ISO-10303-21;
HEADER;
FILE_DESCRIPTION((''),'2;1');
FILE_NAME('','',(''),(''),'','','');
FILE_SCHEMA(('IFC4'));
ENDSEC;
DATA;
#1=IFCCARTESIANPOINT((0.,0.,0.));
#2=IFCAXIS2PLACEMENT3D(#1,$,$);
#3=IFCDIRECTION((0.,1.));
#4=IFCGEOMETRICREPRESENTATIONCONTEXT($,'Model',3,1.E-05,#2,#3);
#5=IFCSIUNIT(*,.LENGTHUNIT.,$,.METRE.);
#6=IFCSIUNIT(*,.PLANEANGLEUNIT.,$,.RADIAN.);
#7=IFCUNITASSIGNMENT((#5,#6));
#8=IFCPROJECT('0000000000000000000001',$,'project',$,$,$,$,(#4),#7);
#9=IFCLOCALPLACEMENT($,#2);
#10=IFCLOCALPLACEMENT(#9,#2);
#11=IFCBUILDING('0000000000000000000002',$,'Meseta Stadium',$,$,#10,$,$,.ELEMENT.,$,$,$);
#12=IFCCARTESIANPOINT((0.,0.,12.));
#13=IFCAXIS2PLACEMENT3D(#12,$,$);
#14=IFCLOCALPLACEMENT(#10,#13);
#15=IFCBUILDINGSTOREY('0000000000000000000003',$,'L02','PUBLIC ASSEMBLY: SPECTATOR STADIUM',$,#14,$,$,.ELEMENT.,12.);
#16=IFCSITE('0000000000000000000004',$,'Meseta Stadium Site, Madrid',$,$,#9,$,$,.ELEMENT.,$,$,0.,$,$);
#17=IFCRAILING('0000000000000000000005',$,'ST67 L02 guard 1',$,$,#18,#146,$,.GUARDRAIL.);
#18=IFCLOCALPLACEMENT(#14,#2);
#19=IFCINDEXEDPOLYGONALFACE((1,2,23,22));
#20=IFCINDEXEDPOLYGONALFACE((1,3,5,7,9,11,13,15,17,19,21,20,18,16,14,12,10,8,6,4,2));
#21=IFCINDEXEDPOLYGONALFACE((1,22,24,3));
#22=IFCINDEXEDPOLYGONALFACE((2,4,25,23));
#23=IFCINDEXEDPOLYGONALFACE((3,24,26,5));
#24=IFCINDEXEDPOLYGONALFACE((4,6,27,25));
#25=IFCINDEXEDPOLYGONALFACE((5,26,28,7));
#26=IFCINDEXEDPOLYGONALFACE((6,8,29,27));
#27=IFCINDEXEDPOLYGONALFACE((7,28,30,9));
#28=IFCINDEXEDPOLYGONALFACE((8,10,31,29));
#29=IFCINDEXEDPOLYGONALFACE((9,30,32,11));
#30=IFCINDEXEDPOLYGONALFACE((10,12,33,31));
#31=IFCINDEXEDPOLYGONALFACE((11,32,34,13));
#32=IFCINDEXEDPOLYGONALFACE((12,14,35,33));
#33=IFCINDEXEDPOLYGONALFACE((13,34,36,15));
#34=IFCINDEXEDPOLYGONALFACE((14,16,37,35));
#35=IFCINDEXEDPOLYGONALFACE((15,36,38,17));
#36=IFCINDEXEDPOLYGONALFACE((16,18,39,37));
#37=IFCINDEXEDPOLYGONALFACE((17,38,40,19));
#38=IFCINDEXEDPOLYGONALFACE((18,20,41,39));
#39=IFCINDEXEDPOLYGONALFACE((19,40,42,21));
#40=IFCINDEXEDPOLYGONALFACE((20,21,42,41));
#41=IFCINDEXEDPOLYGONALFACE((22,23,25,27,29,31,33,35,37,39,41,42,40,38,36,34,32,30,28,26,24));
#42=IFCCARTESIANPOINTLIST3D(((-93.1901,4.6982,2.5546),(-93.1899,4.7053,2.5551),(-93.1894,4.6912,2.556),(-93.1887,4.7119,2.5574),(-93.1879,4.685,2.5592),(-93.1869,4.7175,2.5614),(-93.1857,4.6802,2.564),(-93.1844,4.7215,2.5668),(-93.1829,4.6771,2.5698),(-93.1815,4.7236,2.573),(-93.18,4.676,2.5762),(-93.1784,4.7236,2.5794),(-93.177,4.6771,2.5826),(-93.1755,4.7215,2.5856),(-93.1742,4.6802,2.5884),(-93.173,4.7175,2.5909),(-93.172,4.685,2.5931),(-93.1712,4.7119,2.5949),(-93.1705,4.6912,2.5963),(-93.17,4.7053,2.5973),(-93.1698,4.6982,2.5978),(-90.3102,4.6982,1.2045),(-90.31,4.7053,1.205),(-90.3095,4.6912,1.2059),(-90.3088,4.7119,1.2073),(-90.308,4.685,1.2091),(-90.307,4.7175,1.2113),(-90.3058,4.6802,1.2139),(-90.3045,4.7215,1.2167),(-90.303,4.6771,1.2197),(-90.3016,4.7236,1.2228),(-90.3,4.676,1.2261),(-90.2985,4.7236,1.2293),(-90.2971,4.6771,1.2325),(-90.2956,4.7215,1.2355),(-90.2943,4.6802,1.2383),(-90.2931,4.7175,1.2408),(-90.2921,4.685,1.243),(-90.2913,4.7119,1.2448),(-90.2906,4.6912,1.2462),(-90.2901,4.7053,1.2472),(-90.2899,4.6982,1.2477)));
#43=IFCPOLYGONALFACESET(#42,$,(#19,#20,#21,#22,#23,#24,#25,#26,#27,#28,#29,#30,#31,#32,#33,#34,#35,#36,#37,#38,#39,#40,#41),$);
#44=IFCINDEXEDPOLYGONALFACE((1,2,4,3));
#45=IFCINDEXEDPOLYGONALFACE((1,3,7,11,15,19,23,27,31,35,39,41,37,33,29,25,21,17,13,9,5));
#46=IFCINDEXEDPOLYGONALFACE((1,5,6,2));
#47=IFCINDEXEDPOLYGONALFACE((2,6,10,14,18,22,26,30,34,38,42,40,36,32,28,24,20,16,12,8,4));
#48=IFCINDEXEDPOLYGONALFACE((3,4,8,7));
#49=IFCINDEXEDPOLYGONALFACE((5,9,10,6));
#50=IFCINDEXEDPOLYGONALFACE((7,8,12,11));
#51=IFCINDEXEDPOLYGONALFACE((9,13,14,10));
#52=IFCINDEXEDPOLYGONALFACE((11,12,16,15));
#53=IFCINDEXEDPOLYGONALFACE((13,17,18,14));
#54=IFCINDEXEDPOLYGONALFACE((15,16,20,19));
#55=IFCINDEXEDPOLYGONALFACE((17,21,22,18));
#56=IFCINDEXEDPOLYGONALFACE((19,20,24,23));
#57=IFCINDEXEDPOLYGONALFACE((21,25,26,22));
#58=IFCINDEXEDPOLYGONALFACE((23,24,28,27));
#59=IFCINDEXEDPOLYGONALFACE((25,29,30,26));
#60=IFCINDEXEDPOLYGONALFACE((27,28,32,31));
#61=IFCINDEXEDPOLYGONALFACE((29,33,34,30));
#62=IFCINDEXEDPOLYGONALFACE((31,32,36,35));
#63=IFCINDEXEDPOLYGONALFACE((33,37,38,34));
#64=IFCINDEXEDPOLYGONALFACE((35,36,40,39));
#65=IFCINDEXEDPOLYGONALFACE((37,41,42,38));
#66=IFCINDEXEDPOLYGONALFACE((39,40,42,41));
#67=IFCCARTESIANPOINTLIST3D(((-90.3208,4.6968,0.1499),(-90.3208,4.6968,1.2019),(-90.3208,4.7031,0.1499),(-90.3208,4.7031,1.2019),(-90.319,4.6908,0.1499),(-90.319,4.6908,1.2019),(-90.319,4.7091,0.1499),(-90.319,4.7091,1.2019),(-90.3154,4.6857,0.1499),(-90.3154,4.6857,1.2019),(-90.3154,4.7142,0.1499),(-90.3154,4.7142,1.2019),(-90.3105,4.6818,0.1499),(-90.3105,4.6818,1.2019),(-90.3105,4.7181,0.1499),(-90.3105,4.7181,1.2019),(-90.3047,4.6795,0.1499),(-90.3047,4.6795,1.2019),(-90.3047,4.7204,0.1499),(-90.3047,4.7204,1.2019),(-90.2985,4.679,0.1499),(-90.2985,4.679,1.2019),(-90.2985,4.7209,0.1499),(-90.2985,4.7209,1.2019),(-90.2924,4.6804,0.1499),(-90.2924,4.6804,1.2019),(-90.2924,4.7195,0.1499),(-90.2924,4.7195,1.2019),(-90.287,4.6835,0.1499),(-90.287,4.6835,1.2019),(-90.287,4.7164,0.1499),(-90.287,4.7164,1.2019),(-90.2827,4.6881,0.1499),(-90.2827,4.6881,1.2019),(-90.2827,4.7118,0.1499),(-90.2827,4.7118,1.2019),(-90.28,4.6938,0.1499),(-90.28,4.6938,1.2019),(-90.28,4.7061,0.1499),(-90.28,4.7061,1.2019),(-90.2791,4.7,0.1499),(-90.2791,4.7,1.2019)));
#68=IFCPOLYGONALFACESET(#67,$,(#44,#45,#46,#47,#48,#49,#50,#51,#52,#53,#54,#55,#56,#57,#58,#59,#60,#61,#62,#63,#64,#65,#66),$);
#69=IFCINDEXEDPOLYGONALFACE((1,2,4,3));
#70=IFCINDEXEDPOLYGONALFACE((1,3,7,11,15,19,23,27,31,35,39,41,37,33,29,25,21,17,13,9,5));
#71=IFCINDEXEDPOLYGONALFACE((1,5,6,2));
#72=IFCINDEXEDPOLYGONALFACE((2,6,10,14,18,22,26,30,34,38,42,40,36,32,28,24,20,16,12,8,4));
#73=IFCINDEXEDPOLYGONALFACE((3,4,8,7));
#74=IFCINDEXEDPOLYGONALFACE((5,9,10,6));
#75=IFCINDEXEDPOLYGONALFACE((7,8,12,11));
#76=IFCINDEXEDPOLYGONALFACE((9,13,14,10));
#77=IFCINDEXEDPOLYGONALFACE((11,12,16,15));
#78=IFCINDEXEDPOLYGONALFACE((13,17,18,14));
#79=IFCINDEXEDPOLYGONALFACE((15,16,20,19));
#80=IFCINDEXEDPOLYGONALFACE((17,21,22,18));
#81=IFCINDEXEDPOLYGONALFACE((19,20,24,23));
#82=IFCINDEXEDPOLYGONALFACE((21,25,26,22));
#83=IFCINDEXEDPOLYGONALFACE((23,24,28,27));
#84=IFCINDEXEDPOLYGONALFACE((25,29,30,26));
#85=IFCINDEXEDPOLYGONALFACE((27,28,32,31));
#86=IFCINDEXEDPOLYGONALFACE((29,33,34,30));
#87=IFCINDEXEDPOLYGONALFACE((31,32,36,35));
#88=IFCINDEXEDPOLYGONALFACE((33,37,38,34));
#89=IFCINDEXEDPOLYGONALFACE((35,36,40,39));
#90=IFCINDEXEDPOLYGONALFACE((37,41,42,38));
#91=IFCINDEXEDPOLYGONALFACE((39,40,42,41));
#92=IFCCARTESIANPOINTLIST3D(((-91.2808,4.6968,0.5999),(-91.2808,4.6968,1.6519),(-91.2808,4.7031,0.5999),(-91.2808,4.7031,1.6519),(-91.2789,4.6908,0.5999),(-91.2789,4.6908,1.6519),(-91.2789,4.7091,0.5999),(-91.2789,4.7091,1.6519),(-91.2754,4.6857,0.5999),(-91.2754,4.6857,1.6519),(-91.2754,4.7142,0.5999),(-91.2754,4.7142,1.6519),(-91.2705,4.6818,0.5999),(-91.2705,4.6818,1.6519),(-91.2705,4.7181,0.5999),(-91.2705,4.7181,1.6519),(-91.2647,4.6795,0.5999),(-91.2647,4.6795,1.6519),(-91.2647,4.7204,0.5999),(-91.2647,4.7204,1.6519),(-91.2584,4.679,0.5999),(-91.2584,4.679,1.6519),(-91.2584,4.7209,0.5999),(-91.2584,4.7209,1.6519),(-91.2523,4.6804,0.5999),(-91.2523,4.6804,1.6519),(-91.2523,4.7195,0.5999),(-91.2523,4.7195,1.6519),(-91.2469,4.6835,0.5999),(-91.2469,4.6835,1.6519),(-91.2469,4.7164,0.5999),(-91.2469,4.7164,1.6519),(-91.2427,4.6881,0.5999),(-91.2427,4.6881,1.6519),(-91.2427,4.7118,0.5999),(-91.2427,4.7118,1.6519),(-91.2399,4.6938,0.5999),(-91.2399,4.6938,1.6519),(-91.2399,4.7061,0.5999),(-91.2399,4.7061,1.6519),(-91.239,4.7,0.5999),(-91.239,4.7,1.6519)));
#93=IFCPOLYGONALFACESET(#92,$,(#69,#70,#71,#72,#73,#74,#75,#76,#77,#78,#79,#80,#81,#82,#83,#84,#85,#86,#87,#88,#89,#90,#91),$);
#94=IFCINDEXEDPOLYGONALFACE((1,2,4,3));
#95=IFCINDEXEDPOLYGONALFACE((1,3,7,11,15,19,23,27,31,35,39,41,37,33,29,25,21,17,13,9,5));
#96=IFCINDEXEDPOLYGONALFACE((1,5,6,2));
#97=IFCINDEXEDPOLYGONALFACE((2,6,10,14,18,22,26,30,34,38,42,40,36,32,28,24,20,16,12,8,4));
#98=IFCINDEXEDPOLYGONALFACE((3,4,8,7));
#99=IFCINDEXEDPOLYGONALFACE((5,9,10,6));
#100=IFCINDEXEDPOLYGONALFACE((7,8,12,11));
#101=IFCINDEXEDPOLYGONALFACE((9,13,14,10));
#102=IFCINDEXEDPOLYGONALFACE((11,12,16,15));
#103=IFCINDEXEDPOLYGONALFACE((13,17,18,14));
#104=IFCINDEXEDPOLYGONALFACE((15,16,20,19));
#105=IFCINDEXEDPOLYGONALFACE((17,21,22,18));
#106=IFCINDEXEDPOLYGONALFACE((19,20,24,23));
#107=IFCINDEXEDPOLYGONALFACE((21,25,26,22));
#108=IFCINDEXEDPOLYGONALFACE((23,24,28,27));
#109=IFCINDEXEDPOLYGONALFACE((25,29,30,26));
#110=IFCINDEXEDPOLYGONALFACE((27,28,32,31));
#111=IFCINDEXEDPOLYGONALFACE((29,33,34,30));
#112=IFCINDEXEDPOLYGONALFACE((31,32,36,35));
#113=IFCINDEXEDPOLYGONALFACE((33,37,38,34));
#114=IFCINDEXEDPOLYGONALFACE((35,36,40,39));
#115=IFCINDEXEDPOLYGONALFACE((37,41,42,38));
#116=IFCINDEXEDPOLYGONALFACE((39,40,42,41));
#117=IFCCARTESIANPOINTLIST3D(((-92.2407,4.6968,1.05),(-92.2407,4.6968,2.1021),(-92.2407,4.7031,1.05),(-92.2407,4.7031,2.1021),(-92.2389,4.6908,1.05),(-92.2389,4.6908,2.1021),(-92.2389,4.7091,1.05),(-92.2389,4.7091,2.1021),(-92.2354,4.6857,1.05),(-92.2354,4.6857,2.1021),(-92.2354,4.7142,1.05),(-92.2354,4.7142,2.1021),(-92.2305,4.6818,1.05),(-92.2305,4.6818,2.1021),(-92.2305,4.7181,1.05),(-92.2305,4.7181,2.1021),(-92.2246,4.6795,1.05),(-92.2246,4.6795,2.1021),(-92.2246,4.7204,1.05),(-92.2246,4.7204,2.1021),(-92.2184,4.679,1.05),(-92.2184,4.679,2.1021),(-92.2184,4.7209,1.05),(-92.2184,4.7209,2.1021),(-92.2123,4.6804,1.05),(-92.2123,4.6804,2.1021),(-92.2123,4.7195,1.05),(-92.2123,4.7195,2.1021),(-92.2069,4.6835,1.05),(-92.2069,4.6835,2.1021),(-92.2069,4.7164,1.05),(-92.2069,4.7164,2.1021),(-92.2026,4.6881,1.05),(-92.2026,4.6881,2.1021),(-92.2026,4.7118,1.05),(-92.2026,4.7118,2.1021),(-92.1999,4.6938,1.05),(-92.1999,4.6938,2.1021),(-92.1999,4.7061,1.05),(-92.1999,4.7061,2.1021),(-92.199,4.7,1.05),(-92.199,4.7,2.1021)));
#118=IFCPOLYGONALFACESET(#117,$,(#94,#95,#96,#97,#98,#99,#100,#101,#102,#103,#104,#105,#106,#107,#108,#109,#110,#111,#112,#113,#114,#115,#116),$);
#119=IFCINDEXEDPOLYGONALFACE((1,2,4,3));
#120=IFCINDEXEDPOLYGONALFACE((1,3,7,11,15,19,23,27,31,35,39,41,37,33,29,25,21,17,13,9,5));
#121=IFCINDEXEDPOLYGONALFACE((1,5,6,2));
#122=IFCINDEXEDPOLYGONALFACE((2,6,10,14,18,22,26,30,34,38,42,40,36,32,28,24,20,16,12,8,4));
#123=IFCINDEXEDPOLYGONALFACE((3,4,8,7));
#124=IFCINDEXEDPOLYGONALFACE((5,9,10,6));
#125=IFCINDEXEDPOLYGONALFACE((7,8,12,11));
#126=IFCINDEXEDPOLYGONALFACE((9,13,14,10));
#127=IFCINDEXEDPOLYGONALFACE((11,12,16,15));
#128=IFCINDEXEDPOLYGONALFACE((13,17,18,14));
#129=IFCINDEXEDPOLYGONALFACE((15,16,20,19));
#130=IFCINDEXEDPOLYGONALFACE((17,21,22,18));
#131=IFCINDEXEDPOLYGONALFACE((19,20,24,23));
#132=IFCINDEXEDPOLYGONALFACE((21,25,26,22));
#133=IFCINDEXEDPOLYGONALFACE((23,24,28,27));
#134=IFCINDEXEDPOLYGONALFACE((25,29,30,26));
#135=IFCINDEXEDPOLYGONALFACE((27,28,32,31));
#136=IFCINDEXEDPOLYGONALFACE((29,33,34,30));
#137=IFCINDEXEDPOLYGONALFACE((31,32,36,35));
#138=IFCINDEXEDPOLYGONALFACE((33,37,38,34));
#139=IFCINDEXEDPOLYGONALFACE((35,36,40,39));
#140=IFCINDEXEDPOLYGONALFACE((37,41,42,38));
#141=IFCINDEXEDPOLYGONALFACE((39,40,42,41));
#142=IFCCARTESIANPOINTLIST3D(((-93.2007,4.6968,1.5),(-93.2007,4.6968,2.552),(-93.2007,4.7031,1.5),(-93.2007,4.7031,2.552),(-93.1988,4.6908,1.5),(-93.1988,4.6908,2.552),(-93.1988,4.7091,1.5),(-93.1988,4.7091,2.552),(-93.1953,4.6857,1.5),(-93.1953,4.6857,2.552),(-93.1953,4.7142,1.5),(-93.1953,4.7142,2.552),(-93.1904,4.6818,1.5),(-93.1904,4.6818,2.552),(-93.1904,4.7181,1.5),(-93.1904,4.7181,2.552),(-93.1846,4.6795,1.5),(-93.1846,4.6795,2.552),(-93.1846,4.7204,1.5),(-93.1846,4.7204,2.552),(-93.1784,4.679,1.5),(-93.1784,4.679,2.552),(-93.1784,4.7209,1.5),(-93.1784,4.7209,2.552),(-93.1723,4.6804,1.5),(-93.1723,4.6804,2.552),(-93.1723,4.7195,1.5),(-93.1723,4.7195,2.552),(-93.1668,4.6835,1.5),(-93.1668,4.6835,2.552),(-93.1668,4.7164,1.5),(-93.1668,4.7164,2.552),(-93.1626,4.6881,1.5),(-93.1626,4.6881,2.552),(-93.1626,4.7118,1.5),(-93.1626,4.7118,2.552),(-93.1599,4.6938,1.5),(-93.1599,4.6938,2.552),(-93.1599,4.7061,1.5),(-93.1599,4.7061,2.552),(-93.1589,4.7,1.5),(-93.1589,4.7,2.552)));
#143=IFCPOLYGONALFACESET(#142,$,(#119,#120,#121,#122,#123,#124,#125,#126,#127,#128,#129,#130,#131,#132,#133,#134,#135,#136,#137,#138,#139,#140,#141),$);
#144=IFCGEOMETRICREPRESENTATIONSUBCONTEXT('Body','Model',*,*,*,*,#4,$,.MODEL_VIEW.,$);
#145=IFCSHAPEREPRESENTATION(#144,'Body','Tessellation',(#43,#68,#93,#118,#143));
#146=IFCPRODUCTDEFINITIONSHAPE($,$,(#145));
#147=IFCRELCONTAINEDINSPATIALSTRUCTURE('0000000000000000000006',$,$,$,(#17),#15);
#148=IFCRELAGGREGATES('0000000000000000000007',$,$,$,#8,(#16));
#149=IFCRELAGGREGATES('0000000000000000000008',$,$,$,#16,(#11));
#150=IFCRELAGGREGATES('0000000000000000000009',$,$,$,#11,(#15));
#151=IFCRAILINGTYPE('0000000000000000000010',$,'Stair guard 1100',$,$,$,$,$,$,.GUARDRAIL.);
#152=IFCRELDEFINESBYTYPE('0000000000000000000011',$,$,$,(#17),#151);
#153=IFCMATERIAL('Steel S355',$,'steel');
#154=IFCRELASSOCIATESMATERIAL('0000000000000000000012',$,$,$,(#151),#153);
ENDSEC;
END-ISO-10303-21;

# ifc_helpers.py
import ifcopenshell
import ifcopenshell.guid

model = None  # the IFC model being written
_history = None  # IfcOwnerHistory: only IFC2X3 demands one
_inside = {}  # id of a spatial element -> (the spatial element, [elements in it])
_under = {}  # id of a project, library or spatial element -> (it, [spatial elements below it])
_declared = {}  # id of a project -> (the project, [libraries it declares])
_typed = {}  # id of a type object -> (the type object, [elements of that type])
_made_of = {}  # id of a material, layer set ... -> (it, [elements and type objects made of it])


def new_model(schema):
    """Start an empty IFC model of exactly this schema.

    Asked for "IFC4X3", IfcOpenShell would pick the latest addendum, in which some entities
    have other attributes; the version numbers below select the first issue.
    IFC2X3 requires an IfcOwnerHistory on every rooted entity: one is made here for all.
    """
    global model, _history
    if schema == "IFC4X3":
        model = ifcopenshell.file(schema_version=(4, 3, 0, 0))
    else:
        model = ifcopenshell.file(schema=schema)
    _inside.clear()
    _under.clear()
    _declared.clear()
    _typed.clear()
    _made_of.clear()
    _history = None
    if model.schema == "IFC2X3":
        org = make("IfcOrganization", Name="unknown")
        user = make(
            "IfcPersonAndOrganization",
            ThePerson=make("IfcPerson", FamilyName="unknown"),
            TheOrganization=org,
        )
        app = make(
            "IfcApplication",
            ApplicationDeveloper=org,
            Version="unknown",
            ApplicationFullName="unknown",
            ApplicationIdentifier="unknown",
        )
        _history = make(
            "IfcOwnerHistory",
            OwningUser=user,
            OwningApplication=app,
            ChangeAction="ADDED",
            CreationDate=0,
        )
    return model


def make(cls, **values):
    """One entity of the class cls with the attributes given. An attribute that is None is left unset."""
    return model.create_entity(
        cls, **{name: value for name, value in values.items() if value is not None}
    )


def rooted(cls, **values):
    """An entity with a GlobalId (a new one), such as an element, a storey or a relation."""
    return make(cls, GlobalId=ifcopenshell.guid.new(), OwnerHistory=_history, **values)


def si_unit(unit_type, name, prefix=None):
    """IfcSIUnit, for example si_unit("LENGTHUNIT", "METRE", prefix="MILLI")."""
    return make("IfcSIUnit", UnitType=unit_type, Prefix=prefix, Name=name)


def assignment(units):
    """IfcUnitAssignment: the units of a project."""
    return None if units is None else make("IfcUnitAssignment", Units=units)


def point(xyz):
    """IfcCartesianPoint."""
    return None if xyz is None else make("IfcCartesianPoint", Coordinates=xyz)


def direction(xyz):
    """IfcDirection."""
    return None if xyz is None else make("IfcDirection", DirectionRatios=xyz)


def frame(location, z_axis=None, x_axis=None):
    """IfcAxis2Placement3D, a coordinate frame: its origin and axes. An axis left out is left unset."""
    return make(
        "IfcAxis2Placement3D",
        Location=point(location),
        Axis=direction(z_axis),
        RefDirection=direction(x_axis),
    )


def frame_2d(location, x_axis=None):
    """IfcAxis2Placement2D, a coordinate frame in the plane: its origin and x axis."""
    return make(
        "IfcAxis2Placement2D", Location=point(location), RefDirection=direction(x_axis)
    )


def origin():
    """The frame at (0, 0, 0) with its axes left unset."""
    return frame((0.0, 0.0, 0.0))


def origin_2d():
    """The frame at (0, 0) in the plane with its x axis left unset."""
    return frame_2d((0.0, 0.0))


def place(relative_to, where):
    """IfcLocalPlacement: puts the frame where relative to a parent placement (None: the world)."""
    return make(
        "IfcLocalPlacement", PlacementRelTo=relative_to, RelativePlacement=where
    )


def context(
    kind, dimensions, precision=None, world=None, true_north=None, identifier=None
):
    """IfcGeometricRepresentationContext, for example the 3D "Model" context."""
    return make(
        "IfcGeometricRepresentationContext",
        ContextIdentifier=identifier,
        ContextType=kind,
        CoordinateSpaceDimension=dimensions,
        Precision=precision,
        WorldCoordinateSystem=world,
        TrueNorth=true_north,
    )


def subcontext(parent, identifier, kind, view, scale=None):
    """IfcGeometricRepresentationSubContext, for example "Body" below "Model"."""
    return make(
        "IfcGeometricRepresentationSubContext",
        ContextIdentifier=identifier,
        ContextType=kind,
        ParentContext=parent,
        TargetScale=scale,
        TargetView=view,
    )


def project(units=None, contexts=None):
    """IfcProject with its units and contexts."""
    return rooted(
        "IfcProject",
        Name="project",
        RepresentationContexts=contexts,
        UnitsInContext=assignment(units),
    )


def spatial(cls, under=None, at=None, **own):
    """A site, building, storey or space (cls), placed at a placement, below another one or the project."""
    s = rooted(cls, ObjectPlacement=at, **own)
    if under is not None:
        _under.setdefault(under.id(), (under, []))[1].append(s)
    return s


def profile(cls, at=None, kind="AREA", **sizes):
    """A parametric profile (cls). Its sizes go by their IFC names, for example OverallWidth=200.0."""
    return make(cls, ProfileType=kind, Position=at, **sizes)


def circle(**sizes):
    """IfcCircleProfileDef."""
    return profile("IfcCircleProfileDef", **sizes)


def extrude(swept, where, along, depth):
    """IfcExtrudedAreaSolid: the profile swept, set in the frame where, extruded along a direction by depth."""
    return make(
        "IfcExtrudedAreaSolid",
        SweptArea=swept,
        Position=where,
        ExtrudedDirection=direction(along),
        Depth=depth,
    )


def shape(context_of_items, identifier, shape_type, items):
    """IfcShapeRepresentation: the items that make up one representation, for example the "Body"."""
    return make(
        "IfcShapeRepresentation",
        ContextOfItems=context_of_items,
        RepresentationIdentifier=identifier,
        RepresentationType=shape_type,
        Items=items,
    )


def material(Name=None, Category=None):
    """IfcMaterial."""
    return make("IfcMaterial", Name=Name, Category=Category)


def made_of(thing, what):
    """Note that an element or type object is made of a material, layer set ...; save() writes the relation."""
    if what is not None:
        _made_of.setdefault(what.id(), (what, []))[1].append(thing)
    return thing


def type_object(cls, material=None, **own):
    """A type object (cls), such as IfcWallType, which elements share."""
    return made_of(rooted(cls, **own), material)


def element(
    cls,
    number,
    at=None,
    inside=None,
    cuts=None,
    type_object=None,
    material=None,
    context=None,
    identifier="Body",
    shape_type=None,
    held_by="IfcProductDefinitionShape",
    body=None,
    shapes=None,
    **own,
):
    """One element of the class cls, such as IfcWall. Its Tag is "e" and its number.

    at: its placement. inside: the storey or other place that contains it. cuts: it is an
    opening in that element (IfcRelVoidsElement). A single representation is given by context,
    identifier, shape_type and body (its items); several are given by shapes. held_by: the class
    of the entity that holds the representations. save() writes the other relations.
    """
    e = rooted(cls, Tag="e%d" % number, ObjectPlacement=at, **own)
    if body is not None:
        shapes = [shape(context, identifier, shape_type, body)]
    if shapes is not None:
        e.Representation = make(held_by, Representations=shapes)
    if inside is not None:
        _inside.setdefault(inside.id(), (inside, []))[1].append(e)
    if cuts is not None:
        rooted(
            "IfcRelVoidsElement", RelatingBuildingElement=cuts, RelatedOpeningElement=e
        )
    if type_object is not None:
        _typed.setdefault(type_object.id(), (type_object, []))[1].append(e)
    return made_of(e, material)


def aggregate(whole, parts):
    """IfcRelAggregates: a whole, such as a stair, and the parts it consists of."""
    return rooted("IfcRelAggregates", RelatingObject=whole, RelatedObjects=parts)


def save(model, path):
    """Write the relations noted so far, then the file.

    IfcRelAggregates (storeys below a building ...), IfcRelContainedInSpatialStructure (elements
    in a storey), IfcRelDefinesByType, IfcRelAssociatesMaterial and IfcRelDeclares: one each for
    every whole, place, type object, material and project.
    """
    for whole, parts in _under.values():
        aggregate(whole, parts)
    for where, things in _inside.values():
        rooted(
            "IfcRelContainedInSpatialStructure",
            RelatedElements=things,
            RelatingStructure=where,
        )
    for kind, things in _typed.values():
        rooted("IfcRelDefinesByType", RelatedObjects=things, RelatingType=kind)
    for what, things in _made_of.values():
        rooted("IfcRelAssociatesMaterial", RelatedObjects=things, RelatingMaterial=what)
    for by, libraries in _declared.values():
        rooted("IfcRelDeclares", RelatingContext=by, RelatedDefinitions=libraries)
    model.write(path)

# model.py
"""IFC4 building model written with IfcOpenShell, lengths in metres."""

from ifc_helpers import new_model, si_unit, direction, frame, origin, origin_2d, place, context, subcontext, project, spatial, circle, extrude, material, type_object, element, save


model = new_model("IFC4")

# Units and contexts
model_context = context("Model", 3, precision=1e-05, world=origin(), true_north=direction((0.0, 1.0)))
body_context = subcontext(model_context, "Body", "Model", "MODEL_VIEW")
ifc_project = project(units=[si_unit("LENGTHUNIT", "METRE"), si_unit("PLANEANGLEUNIT", "RADIAN")], contexts=[model_context])

# Site, building, storey
site_placement = place(None, origin())
site = spatial("IfcSite", under=ifc_project, at=site_placement, Name="Meseta Stadium Site, Madrid", CompositionType="ELEMENT", RefElevation=0.0)
building_placement = place(site_placement, origin())
building = spatial("IfcBuilding", under=site, at=building_placement, Name="Meseta Stadium", CompositionType="ELEMENT")
storey_placement = place(building_placement, frame((0.0, 0.0, 12.0)))
storey = spatial("IfcBuildingStorey", under=building, at=storey_placement, Name="L02", Description="PUBLIC ASSEMBLY: SPECTATOR STADIUM", CompositionType="ELEMENT", Elevation=12.0)

# Railing
ifc_material_1 = material(Name="Steel S355", Category="steel")
railing_type_1 = type_object("IfcRailingType", Name="Stair guard 1100", PredefinedType="GUARDRAIL", material=ifc_material_1)
railing_1_placement = place(storey_placement, frame((-90.3, 4.7, 0.1499)))
element("IfcRailing", 1, at=railing_1_placement, inside=storey, type_object=railing_type_1, Name="ST67 L02 guard 1", PredefinedType="GUARDRAIL", context=body_context, shape_type="SweptSolid", body=[
    extrude(circle(Radius=0.0239, at=origin_2d()), frame((0.0, 0.0, 1.0762), z_axis=(-0.90544, 0.0, 0.424473), x_axis=(0.0, -1.0, 0.0)), (0.0, 0.0, 1.0), 3.1807),
    extrude(circle(Radius=0.021, at=origin_2d()), origin(), (0.0, 0.0, 1.0), 1.052),
    extrude(circle(Radius=0.021, at=origin_2d()), frame((-0.96, 0.0, 0.45)), (0.0, 0.0, 1.0), 1.052),
    extrude(circle(Radius=0.021, at=origin_2d()), frame((-1.9199, 0.0, 0.9001)), (0.0, 0.0, 1.0), 1.052),
    extrude(circle(Radius=0.021, at=origin_2d()), frame((-2.8799, 0.0, 1.3501)), (0.0, 0.0, 1.0), 1.052),
])

save(model, "model.ifc")
